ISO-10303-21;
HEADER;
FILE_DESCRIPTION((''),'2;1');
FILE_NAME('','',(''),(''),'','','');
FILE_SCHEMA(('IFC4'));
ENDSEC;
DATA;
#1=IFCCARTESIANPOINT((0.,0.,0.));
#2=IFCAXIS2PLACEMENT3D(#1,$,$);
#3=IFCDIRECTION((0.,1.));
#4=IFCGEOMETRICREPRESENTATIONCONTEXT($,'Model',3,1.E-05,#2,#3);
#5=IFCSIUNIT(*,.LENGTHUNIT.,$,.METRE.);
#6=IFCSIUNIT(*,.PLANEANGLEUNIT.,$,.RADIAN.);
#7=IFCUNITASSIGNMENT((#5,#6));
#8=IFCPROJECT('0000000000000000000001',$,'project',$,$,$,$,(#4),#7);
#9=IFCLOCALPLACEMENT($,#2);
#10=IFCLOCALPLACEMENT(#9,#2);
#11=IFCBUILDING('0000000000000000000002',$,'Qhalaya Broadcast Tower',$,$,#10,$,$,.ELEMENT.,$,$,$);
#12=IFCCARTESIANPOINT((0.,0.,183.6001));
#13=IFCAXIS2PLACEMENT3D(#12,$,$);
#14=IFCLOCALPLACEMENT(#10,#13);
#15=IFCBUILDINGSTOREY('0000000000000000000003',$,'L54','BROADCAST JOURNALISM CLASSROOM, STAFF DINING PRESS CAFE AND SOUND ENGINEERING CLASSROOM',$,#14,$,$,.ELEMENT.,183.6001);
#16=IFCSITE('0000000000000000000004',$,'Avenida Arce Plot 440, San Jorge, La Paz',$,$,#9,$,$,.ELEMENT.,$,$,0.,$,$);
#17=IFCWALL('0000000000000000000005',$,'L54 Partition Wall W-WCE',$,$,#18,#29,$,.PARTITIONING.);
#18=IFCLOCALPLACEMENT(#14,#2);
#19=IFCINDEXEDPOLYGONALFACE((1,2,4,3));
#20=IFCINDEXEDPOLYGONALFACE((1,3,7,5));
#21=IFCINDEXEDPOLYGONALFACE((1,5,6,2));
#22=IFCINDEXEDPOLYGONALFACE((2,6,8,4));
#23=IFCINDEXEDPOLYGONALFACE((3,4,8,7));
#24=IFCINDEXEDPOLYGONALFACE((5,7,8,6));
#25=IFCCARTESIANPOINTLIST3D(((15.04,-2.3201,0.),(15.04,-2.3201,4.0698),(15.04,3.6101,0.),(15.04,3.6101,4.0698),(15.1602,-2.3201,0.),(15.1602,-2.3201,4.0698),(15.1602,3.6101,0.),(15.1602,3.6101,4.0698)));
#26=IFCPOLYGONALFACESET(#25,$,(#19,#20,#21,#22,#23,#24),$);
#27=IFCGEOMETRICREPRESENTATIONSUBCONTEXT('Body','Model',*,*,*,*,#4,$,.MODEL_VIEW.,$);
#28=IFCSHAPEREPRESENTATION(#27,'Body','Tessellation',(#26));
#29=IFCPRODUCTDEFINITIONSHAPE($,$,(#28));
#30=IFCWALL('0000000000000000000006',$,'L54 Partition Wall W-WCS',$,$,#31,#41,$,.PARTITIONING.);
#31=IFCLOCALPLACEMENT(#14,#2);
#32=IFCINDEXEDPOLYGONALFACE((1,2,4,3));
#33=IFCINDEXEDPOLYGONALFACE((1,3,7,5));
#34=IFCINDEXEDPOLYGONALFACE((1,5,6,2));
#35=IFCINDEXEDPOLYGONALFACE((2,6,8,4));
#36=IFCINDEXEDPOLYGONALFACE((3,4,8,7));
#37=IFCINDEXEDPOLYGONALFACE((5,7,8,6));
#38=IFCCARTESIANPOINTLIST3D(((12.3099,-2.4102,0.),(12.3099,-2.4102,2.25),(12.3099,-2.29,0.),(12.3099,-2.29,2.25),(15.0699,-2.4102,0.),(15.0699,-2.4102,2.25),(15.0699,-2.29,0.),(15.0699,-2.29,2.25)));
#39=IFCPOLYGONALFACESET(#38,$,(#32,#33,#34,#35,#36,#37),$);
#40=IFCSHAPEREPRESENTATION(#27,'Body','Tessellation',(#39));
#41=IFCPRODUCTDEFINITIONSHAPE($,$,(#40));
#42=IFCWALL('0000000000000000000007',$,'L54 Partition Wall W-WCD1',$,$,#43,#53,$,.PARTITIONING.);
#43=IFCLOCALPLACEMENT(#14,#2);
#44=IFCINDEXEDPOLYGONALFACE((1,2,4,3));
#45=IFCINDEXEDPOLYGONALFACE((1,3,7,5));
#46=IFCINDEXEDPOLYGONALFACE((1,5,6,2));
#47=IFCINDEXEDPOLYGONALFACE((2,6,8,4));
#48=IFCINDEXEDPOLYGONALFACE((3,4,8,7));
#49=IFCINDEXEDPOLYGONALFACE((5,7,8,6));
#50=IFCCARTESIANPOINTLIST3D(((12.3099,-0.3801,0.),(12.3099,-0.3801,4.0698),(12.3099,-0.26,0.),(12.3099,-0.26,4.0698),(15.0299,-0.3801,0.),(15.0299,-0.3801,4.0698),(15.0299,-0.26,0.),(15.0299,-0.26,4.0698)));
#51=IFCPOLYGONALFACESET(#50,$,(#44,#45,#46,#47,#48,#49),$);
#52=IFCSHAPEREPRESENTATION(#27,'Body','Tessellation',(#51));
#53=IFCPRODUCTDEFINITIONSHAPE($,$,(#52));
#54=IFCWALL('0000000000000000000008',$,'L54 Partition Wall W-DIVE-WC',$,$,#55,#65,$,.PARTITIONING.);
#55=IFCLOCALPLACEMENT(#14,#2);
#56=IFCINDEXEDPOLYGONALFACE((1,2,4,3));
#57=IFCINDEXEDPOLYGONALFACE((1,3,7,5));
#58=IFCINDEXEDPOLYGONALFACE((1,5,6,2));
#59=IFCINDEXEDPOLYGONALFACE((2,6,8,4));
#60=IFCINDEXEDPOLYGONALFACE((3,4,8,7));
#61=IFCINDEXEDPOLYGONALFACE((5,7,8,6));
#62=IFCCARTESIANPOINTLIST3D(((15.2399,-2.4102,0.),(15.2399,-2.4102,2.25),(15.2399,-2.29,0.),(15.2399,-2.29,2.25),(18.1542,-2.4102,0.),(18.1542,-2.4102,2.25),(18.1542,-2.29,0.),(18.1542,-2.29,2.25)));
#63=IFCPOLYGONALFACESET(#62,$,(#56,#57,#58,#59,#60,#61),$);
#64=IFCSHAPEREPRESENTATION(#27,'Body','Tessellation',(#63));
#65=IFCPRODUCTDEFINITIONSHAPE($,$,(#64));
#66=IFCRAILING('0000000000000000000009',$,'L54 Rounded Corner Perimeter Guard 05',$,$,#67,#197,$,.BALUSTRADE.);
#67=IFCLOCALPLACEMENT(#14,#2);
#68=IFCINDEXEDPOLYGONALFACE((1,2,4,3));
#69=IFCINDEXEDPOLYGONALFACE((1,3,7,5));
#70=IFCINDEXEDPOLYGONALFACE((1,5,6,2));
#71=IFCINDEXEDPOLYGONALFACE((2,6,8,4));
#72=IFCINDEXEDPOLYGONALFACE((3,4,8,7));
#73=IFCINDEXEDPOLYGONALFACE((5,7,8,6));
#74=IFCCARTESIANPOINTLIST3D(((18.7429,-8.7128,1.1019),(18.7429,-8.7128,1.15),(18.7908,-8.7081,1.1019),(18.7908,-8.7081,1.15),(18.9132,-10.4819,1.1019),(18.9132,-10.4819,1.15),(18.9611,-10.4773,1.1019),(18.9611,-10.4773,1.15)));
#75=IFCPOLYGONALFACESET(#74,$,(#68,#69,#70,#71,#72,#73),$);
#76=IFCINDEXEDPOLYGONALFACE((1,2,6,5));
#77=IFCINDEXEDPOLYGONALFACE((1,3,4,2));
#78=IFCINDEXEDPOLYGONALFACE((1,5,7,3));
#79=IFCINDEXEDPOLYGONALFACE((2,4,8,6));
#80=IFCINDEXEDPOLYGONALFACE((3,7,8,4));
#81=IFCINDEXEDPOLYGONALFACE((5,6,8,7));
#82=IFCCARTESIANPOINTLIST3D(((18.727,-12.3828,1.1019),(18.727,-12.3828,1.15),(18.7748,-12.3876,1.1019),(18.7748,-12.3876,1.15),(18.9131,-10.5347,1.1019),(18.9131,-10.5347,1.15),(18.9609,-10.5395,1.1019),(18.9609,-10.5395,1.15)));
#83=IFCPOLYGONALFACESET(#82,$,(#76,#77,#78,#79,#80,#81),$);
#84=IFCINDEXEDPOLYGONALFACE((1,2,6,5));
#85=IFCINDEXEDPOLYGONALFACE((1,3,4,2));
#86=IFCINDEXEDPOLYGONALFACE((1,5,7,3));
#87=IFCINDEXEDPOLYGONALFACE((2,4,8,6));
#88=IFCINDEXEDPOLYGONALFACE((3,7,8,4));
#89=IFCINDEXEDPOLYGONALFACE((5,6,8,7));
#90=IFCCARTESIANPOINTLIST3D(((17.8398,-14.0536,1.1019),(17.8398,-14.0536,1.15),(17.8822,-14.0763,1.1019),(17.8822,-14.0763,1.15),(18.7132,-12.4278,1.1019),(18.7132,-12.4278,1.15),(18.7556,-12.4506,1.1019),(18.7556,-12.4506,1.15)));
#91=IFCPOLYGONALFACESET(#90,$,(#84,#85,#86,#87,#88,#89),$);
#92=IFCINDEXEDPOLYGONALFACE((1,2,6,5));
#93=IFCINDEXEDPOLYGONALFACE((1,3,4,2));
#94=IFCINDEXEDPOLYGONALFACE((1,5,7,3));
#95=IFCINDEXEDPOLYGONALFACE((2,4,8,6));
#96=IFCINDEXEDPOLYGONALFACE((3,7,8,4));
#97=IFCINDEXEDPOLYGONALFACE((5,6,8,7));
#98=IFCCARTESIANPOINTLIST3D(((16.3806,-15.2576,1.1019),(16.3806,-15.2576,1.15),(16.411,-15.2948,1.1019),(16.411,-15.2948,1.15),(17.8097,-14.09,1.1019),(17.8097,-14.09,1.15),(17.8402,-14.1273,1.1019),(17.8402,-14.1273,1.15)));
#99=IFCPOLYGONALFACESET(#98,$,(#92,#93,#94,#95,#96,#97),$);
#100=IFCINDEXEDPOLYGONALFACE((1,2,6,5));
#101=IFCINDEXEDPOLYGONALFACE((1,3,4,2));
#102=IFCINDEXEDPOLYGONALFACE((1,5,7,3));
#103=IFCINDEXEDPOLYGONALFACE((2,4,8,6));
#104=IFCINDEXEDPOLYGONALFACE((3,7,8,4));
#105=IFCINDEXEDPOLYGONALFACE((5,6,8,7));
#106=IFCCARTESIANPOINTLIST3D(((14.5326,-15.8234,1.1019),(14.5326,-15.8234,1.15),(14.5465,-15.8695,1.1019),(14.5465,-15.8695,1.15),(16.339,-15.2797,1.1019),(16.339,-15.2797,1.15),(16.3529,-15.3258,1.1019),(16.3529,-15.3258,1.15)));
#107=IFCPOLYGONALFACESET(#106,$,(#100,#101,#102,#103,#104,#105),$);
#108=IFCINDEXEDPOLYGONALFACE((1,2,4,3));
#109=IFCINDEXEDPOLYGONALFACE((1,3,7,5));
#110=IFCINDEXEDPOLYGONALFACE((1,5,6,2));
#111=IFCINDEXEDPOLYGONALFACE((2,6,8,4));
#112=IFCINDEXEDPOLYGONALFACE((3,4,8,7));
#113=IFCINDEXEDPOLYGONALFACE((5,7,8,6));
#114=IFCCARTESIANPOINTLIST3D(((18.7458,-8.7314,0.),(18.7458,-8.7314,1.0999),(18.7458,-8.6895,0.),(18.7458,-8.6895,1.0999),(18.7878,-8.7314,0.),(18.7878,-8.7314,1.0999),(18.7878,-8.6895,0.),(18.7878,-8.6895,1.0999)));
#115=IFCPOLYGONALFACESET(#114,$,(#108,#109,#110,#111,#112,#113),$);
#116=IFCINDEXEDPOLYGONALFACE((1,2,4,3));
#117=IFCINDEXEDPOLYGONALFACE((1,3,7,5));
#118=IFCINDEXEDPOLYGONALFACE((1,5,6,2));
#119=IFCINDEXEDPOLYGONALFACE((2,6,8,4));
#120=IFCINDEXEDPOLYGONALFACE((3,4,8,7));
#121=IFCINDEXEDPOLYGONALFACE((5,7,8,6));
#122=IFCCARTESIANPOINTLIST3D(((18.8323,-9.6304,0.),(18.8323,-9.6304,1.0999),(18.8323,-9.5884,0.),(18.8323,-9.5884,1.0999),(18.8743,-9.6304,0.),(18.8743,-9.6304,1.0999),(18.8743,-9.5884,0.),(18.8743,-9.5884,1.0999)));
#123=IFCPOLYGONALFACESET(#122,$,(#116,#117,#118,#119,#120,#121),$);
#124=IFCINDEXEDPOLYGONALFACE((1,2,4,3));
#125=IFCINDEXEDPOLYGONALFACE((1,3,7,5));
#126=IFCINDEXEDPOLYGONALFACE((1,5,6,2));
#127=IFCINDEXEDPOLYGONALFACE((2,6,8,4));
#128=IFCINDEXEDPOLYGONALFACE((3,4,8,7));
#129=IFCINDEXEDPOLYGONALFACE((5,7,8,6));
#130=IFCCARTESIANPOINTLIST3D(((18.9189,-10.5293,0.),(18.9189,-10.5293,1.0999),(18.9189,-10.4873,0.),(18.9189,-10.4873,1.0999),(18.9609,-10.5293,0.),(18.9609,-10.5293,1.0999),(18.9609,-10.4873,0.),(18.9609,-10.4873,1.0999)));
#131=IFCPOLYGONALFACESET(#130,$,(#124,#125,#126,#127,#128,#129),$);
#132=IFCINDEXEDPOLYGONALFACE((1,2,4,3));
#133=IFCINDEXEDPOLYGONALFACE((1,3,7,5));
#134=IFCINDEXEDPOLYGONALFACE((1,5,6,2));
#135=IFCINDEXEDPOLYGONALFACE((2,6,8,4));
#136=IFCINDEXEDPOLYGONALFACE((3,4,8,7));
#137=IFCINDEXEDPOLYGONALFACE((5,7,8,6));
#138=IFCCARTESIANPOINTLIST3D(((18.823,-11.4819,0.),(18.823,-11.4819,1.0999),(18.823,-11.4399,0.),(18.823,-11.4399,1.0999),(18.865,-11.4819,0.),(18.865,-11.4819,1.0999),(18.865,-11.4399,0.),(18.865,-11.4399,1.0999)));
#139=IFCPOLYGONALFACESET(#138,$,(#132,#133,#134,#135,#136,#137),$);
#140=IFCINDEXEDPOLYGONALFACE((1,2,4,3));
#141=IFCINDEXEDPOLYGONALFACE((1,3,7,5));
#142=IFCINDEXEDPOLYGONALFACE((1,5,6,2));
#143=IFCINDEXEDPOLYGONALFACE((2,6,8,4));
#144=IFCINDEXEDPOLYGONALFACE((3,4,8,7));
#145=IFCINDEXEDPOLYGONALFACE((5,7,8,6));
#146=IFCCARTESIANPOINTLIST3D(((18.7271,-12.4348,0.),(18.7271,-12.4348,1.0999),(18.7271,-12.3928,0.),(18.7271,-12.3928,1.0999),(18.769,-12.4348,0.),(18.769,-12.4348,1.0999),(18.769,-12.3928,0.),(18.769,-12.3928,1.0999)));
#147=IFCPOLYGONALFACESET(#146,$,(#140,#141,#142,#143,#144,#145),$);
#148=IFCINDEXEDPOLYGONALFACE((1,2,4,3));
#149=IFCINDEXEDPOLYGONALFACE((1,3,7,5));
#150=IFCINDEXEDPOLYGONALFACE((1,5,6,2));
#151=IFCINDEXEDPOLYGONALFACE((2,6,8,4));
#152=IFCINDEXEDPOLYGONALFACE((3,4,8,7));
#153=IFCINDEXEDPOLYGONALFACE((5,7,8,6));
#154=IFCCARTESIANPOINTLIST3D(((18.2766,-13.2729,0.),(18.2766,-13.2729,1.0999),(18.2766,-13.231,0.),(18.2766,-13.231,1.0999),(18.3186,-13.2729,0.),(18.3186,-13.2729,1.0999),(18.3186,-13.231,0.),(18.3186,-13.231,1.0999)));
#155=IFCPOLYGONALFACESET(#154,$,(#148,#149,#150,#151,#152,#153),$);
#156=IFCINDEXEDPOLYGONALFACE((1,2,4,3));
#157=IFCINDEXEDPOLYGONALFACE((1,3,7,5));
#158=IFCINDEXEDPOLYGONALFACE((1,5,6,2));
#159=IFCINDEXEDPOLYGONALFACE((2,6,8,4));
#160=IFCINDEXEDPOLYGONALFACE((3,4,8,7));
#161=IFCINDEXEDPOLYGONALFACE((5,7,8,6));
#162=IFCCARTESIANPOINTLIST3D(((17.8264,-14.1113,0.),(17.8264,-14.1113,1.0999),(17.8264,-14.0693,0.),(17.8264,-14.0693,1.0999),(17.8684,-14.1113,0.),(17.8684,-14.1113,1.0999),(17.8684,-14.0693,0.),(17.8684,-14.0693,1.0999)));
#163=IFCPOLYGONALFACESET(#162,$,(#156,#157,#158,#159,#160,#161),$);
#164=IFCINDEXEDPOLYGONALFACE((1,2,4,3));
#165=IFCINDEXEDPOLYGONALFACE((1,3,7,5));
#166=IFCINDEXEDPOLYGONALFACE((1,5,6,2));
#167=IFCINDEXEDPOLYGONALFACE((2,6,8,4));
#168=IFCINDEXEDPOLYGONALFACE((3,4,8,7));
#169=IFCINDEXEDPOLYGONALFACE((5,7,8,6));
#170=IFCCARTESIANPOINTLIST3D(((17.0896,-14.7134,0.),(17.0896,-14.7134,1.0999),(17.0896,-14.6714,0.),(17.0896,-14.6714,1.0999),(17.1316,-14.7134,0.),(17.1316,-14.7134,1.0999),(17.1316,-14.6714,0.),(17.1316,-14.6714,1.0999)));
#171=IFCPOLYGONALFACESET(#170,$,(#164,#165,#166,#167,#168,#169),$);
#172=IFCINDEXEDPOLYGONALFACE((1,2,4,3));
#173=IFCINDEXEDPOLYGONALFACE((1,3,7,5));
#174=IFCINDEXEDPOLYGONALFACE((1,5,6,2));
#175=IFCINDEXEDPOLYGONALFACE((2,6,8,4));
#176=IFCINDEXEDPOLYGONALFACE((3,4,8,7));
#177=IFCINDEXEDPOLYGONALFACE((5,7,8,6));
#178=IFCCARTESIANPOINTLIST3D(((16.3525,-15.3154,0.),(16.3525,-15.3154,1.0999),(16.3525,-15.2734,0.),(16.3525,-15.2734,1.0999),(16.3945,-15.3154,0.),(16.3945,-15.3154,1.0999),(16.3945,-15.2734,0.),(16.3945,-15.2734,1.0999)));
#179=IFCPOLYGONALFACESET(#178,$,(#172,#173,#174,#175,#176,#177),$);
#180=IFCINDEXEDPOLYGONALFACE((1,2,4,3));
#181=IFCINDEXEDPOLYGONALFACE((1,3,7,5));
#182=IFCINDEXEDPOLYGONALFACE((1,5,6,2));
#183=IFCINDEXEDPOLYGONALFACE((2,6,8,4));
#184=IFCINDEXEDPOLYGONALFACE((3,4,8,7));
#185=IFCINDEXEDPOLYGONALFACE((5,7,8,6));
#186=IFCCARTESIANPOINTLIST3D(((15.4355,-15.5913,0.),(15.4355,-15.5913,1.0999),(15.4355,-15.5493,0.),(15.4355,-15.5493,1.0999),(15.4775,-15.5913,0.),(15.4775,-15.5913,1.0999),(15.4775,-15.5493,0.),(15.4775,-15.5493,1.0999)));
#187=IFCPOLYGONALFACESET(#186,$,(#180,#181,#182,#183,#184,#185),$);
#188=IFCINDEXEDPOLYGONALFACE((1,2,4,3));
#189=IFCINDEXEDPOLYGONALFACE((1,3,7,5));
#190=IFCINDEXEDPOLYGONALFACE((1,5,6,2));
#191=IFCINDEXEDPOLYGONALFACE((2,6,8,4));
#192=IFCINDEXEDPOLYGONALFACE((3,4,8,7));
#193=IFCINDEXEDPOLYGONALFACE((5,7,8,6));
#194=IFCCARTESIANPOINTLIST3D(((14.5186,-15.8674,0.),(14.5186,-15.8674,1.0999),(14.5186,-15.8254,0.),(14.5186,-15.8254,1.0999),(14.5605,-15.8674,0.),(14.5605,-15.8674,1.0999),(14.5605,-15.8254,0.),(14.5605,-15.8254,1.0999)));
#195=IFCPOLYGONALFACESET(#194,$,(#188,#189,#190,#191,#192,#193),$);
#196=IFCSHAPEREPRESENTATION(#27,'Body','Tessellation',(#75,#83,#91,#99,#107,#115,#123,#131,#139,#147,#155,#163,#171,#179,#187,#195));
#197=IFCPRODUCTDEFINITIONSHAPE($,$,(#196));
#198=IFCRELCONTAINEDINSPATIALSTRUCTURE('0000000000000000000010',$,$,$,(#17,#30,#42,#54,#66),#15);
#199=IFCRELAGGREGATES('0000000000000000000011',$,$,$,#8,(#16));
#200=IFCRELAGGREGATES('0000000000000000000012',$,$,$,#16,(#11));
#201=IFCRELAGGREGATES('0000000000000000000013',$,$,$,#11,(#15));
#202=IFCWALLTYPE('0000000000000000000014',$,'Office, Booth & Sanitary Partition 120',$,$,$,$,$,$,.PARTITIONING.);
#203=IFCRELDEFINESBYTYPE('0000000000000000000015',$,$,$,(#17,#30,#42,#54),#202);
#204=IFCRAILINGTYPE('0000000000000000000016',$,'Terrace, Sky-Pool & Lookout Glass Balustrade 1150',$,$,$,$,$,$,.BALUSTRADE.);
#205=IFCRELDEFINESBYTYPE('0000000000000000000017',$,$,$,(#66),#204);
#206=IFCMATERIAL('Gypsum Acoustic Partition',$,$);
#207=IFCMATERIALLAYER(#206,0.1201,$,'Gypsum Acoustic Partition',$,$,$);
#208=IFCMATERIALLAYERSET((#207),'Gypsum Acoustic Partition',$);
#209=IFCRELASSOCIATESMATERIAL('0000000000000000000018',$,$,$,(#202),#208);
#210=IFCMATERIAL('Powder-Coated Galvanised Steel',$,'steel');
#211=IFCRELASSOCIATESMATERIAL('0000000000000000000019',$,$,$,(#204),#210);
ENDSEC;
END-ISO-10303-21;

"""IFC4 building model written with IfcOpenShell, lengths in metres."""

from ifc_helpers import new_model, si_unit, direction, frame, frame_2d, origin, origin_2d, place, context, subcontext, project, spatial, rectangle, extrude, material, layer, layer_set, type_object, element, save


model = new_model("IFC4")

# Units and contexts
model_context = context("Model", 3, precision=1e-05, world=origin(), true_north=direction((0.0, 1.0)))
body_context = subcontext(model_context, "Body", "Model", "MODEL_VIEW")
ifc_project = project(units=[si_unit("LENGTHUNIT", "METRE"), si_unit("PLANEANGLEUNIT", "RADIAN")], contexts=[model_context])

# Site, building, storey
site_placement = place(None, origin())
site = spatial("IfcSite", under=ifc_project, at=site_placement, Name="Avenida Arce Plot 440, San Jorge, La Paz", CompositionType="ELEMENT", RefElevation=0.0)
building_placement = place(site_placement, origin())
building = spatial("IfcBuilding", under=site, at=building_placement, Name="Qhalaya Broadcast Tower", CompositionType="ELEMENT")
storey_placement = place(building_placement, frame((0.0, 0.0, 183.6001)))
storey = spatial("IfcBuildingStorey", under=building, at=storey_placement, Name="L54", Description="BROADCAST JOURNALISM CLASSROOM, STAFF DINING PRESS CAFE AND SOUND ENGINEERING CLASSROOM", CompositionType="ELEMENT", Elevation=183.6001)

# Shared definitions
ifc_material_1 = material(Name="Gypsum Acoustic Partition")
ifc_layer_1 = layer(ifc_material_1, 0.1201, Name="Gypsum Acoustic Partition")
ifc_layer_set_1 = layer_set([ifc_layer_1], Name="Gypsum Acoustic Partition")
wall_type_1 = type_object("IfcWallType", Name="Office, Booth & Sanitary Partition 120", PredefinedType="PARTITIONING", material=ifc_layer_set_1)

# Walls
wall_1_placement = place(storey_placement, frame((15.1001, -2.3201, 0.0), z_axis=(0.0, 0.0, 1.0), x_axis=(0.0, 1.0, 0.0)))
element("IfcWall", 1, at=wall_1_placement, inside=storey, type_object=wall_type_1, Name="L54 Partition Wall W-WCE", PredefinedType="PARTITIONING", context=body_context, shape_type="SweptSolid", body=[
    extrude(rectangle(XDim=5.9302, YDim=0.1201, at=frame_2d((2.9651, 0.0))), origin(), (0.0, 0.0, 1.0), 4.0698),
])
wall_2_placement = place(storey_placement, frame((12.3101, -2.3501, 0.0), z_axis=(0.0, 0.0, 1.0), x_axis=(1.0, 0.0, 0.0)))
element("IfcWall", 2, at=wall_2_placement, inside=storey, type_object=wall_type_1, Name="L54 Partition Wall W-WCS", PredefinedType="PARTITIONING", context=body_context, shape_type="SweptSolid", body=[
    extrude(rectangle(XDim=2.76, YDim=0.1201, at=frame_2d((1.3799, 0.0))), origin(), (0.0, 0.0, 1.0), 2.25),
])
wall_3_placement = place(storey_placement, frame((12.3101, -0.3201, 0.0), z_axis=(0.0, 0.0, 1.0), x_axis=(1.0, 0.0, 0.0)))
element("IfcWall", 3, at=wall_3_placement, inside=storey, type_object=wall_type_1, Name="L54 Partition Wall W-WCD1", PredefinedType="PARTITIONING", context=body_context, shape_type="SweptSolid", body=[
    extrude(rectangle(XDim=2.72, YDim=0.1201, at=frame_2d((1.3599, 0.0))), origin(), (0.0, 0.0, 1.0), 4.0698),
])
wall_4_placement = place(storey_placement, frame((15.24, -2.3501, 0.0), z_axis=(0.0, 0.0, 1.0), x_axis=(1.0, 0.0, 0.0)))
element("IfcWall", 4, at=wall_4_placement, inside=storey, type_object=wall_type_1, Name="L54 Partition Wall W-DIVE-WC", PredefinedType="PARTITIONING", context=body_context, shape_type="SweptSolid", body=[
    extrude(rectangle(XDim=2.9143, YDim=0.1201, at=frame_2d((1.457, 0.0))), origin(), (0.0, 0.0, 1.0), 2.25),
])

# Railing
ifc_material_2 = material(Name="Powder-Coated Galvanised Steel", Category="steel")
railing_type = type_object("IfcRailingType", Name="Terrace, Sky-Pool & Lookout Glass Balustrade 1150", PredefinedType="BALUSTRADE", material=ifc_material_2)
railing_placement = place(storey_placement, frame((18.7668, -8.7104, 0.0)))
element("IfcRailing", 5, at=railing_placement, inside=storey, type_object=railing_type, Name="L54 Rounded Corner Perimeter Guard 05", PredefinedType="BALUSTRADE", context=body_context, shape_type="SweptSolid", body=[
    extrude(rectangle(XDim=0.0481, YDim=0.0481, at=origin_2d()), frame((0.0, 0.0, 1.126), z_axis=(0.095836, -0.995397, 0.0), x_axis=(0.995397, 0.095836, 0.0)), (0.0, 0.0, 1.0), 1.7773),
    extrude(rectangle(XDim=0.0481, YDim=0.0481, at=origin_2d()), frame((0.1702, -1.8267, 1.126), z_axis=(-0.100198, -0.994968, 0.0), x_axis=(0.994968, -0.100198, 0.0)), (0.0, 0.0, 1.0), 1.8574),
    extrude(rectangle(XDim=0.0481, YDim=0.0481, at=origin_2d()), frame((-0.0325, -3.7288, 1.126), z_axis=(-0.473243, -0.880932, 0.0), x_axis=(0.880932, -0.473243, 0.0)), (0.0, 0.0, 1.0), 1.8455),
    extrude(rectangle(XDim=0.0481, YDim=0.0481, at=origin_2d()), frame((-0.9419, -5.3982, 1.126), z_axis=(-0.77442, -0.632672, 0.0), x_axis=(0.632672, -0.77442, 0.0)), (0.0, 0.0, 1.0), 1.8455),
    extrude(rectangle(XDim=0.0481, YDim=0.0481, at=origin_2d()), frame((-2.4209, -6.5923, 1.126), z_axis=(-0.957566, -0.288213, 0.0), x_axis=(0.288213, -0.957566, 0.0)), (0.0, 0.0, 1.0), 1.8865),
    extrude(rectangle(XDim=0.042, YDim=0.042, at=origin_2d()), origin(), (0.0, 0.0, 1.0), 1.0999),
    extrude(rectangle(XDim=0.042, YDim=0.042, at=origin_2d()), frame((0.0864, -0.8989, 0.0)), (0.0, 0.0, 1.0), 1.0999),
    extrude(rectangle(XDim=0.042, YDim=0.042, at=origin_2d()), frame((0.1731, -1.7979, 0.0)), (0.0, 0.0, 1.0), 1.0999),
    extrude(rectangle(XDim=0.042, YDim=0.042, at=origin_2d()), frame((0.0771, -2.7505, 0.0)), (0.0, 0.0, 1.0), 1.0999),
    extrude(rectangle(XDim=0.042, YDim=0.042, at=origin_2d()), frame((-0.0188, -3.7034, 0.0)), (0.0, 0.0, 1.0), 1.0999),
    extrude(rectangle(XDim=0.042, YDim=0.042, at=origin_2d()), frame((-0.4692, -4.5415, 0.0)), (0.0, 0.0, 1.0), 1.0999),
    extrude(rectangle(XDim=0.042, YDim=0.042, at=origin_2d()), frame((-0.9194, -5.3799, 0.0)), (0.0, 0.0, 1.0), 1.0999),
    extrude(rectangle(XDim=0.042, YDim=0.042, at=origin_2d()), frame((-1.6562, -5.9819, 0.0)), (0.0, 0.0, 1.0), 1.0999),
    extrude(rectangle(XDim=0.042, YDim=0.042, at=origin_2d()), frame((-2.3933, -6.584, 0.0)), (0.0, 0.0, 1.0), 1.0999),
    extrude(rectangle(XDim=0.042, YDim=0.042, at=origin_2d()), frame((-3.3103, -6.8599, 0.0)), (0.0, 0.0, 1.0), 1.0999),
    extrude(rectangle(XDim=0.042, YDim=0.042, at=origin_2d()), frame((-4.2273, -7.136, 0.0)), (0.0, 0.0, 1.0), 1.0999),
])

save(model, "model.ifc")
